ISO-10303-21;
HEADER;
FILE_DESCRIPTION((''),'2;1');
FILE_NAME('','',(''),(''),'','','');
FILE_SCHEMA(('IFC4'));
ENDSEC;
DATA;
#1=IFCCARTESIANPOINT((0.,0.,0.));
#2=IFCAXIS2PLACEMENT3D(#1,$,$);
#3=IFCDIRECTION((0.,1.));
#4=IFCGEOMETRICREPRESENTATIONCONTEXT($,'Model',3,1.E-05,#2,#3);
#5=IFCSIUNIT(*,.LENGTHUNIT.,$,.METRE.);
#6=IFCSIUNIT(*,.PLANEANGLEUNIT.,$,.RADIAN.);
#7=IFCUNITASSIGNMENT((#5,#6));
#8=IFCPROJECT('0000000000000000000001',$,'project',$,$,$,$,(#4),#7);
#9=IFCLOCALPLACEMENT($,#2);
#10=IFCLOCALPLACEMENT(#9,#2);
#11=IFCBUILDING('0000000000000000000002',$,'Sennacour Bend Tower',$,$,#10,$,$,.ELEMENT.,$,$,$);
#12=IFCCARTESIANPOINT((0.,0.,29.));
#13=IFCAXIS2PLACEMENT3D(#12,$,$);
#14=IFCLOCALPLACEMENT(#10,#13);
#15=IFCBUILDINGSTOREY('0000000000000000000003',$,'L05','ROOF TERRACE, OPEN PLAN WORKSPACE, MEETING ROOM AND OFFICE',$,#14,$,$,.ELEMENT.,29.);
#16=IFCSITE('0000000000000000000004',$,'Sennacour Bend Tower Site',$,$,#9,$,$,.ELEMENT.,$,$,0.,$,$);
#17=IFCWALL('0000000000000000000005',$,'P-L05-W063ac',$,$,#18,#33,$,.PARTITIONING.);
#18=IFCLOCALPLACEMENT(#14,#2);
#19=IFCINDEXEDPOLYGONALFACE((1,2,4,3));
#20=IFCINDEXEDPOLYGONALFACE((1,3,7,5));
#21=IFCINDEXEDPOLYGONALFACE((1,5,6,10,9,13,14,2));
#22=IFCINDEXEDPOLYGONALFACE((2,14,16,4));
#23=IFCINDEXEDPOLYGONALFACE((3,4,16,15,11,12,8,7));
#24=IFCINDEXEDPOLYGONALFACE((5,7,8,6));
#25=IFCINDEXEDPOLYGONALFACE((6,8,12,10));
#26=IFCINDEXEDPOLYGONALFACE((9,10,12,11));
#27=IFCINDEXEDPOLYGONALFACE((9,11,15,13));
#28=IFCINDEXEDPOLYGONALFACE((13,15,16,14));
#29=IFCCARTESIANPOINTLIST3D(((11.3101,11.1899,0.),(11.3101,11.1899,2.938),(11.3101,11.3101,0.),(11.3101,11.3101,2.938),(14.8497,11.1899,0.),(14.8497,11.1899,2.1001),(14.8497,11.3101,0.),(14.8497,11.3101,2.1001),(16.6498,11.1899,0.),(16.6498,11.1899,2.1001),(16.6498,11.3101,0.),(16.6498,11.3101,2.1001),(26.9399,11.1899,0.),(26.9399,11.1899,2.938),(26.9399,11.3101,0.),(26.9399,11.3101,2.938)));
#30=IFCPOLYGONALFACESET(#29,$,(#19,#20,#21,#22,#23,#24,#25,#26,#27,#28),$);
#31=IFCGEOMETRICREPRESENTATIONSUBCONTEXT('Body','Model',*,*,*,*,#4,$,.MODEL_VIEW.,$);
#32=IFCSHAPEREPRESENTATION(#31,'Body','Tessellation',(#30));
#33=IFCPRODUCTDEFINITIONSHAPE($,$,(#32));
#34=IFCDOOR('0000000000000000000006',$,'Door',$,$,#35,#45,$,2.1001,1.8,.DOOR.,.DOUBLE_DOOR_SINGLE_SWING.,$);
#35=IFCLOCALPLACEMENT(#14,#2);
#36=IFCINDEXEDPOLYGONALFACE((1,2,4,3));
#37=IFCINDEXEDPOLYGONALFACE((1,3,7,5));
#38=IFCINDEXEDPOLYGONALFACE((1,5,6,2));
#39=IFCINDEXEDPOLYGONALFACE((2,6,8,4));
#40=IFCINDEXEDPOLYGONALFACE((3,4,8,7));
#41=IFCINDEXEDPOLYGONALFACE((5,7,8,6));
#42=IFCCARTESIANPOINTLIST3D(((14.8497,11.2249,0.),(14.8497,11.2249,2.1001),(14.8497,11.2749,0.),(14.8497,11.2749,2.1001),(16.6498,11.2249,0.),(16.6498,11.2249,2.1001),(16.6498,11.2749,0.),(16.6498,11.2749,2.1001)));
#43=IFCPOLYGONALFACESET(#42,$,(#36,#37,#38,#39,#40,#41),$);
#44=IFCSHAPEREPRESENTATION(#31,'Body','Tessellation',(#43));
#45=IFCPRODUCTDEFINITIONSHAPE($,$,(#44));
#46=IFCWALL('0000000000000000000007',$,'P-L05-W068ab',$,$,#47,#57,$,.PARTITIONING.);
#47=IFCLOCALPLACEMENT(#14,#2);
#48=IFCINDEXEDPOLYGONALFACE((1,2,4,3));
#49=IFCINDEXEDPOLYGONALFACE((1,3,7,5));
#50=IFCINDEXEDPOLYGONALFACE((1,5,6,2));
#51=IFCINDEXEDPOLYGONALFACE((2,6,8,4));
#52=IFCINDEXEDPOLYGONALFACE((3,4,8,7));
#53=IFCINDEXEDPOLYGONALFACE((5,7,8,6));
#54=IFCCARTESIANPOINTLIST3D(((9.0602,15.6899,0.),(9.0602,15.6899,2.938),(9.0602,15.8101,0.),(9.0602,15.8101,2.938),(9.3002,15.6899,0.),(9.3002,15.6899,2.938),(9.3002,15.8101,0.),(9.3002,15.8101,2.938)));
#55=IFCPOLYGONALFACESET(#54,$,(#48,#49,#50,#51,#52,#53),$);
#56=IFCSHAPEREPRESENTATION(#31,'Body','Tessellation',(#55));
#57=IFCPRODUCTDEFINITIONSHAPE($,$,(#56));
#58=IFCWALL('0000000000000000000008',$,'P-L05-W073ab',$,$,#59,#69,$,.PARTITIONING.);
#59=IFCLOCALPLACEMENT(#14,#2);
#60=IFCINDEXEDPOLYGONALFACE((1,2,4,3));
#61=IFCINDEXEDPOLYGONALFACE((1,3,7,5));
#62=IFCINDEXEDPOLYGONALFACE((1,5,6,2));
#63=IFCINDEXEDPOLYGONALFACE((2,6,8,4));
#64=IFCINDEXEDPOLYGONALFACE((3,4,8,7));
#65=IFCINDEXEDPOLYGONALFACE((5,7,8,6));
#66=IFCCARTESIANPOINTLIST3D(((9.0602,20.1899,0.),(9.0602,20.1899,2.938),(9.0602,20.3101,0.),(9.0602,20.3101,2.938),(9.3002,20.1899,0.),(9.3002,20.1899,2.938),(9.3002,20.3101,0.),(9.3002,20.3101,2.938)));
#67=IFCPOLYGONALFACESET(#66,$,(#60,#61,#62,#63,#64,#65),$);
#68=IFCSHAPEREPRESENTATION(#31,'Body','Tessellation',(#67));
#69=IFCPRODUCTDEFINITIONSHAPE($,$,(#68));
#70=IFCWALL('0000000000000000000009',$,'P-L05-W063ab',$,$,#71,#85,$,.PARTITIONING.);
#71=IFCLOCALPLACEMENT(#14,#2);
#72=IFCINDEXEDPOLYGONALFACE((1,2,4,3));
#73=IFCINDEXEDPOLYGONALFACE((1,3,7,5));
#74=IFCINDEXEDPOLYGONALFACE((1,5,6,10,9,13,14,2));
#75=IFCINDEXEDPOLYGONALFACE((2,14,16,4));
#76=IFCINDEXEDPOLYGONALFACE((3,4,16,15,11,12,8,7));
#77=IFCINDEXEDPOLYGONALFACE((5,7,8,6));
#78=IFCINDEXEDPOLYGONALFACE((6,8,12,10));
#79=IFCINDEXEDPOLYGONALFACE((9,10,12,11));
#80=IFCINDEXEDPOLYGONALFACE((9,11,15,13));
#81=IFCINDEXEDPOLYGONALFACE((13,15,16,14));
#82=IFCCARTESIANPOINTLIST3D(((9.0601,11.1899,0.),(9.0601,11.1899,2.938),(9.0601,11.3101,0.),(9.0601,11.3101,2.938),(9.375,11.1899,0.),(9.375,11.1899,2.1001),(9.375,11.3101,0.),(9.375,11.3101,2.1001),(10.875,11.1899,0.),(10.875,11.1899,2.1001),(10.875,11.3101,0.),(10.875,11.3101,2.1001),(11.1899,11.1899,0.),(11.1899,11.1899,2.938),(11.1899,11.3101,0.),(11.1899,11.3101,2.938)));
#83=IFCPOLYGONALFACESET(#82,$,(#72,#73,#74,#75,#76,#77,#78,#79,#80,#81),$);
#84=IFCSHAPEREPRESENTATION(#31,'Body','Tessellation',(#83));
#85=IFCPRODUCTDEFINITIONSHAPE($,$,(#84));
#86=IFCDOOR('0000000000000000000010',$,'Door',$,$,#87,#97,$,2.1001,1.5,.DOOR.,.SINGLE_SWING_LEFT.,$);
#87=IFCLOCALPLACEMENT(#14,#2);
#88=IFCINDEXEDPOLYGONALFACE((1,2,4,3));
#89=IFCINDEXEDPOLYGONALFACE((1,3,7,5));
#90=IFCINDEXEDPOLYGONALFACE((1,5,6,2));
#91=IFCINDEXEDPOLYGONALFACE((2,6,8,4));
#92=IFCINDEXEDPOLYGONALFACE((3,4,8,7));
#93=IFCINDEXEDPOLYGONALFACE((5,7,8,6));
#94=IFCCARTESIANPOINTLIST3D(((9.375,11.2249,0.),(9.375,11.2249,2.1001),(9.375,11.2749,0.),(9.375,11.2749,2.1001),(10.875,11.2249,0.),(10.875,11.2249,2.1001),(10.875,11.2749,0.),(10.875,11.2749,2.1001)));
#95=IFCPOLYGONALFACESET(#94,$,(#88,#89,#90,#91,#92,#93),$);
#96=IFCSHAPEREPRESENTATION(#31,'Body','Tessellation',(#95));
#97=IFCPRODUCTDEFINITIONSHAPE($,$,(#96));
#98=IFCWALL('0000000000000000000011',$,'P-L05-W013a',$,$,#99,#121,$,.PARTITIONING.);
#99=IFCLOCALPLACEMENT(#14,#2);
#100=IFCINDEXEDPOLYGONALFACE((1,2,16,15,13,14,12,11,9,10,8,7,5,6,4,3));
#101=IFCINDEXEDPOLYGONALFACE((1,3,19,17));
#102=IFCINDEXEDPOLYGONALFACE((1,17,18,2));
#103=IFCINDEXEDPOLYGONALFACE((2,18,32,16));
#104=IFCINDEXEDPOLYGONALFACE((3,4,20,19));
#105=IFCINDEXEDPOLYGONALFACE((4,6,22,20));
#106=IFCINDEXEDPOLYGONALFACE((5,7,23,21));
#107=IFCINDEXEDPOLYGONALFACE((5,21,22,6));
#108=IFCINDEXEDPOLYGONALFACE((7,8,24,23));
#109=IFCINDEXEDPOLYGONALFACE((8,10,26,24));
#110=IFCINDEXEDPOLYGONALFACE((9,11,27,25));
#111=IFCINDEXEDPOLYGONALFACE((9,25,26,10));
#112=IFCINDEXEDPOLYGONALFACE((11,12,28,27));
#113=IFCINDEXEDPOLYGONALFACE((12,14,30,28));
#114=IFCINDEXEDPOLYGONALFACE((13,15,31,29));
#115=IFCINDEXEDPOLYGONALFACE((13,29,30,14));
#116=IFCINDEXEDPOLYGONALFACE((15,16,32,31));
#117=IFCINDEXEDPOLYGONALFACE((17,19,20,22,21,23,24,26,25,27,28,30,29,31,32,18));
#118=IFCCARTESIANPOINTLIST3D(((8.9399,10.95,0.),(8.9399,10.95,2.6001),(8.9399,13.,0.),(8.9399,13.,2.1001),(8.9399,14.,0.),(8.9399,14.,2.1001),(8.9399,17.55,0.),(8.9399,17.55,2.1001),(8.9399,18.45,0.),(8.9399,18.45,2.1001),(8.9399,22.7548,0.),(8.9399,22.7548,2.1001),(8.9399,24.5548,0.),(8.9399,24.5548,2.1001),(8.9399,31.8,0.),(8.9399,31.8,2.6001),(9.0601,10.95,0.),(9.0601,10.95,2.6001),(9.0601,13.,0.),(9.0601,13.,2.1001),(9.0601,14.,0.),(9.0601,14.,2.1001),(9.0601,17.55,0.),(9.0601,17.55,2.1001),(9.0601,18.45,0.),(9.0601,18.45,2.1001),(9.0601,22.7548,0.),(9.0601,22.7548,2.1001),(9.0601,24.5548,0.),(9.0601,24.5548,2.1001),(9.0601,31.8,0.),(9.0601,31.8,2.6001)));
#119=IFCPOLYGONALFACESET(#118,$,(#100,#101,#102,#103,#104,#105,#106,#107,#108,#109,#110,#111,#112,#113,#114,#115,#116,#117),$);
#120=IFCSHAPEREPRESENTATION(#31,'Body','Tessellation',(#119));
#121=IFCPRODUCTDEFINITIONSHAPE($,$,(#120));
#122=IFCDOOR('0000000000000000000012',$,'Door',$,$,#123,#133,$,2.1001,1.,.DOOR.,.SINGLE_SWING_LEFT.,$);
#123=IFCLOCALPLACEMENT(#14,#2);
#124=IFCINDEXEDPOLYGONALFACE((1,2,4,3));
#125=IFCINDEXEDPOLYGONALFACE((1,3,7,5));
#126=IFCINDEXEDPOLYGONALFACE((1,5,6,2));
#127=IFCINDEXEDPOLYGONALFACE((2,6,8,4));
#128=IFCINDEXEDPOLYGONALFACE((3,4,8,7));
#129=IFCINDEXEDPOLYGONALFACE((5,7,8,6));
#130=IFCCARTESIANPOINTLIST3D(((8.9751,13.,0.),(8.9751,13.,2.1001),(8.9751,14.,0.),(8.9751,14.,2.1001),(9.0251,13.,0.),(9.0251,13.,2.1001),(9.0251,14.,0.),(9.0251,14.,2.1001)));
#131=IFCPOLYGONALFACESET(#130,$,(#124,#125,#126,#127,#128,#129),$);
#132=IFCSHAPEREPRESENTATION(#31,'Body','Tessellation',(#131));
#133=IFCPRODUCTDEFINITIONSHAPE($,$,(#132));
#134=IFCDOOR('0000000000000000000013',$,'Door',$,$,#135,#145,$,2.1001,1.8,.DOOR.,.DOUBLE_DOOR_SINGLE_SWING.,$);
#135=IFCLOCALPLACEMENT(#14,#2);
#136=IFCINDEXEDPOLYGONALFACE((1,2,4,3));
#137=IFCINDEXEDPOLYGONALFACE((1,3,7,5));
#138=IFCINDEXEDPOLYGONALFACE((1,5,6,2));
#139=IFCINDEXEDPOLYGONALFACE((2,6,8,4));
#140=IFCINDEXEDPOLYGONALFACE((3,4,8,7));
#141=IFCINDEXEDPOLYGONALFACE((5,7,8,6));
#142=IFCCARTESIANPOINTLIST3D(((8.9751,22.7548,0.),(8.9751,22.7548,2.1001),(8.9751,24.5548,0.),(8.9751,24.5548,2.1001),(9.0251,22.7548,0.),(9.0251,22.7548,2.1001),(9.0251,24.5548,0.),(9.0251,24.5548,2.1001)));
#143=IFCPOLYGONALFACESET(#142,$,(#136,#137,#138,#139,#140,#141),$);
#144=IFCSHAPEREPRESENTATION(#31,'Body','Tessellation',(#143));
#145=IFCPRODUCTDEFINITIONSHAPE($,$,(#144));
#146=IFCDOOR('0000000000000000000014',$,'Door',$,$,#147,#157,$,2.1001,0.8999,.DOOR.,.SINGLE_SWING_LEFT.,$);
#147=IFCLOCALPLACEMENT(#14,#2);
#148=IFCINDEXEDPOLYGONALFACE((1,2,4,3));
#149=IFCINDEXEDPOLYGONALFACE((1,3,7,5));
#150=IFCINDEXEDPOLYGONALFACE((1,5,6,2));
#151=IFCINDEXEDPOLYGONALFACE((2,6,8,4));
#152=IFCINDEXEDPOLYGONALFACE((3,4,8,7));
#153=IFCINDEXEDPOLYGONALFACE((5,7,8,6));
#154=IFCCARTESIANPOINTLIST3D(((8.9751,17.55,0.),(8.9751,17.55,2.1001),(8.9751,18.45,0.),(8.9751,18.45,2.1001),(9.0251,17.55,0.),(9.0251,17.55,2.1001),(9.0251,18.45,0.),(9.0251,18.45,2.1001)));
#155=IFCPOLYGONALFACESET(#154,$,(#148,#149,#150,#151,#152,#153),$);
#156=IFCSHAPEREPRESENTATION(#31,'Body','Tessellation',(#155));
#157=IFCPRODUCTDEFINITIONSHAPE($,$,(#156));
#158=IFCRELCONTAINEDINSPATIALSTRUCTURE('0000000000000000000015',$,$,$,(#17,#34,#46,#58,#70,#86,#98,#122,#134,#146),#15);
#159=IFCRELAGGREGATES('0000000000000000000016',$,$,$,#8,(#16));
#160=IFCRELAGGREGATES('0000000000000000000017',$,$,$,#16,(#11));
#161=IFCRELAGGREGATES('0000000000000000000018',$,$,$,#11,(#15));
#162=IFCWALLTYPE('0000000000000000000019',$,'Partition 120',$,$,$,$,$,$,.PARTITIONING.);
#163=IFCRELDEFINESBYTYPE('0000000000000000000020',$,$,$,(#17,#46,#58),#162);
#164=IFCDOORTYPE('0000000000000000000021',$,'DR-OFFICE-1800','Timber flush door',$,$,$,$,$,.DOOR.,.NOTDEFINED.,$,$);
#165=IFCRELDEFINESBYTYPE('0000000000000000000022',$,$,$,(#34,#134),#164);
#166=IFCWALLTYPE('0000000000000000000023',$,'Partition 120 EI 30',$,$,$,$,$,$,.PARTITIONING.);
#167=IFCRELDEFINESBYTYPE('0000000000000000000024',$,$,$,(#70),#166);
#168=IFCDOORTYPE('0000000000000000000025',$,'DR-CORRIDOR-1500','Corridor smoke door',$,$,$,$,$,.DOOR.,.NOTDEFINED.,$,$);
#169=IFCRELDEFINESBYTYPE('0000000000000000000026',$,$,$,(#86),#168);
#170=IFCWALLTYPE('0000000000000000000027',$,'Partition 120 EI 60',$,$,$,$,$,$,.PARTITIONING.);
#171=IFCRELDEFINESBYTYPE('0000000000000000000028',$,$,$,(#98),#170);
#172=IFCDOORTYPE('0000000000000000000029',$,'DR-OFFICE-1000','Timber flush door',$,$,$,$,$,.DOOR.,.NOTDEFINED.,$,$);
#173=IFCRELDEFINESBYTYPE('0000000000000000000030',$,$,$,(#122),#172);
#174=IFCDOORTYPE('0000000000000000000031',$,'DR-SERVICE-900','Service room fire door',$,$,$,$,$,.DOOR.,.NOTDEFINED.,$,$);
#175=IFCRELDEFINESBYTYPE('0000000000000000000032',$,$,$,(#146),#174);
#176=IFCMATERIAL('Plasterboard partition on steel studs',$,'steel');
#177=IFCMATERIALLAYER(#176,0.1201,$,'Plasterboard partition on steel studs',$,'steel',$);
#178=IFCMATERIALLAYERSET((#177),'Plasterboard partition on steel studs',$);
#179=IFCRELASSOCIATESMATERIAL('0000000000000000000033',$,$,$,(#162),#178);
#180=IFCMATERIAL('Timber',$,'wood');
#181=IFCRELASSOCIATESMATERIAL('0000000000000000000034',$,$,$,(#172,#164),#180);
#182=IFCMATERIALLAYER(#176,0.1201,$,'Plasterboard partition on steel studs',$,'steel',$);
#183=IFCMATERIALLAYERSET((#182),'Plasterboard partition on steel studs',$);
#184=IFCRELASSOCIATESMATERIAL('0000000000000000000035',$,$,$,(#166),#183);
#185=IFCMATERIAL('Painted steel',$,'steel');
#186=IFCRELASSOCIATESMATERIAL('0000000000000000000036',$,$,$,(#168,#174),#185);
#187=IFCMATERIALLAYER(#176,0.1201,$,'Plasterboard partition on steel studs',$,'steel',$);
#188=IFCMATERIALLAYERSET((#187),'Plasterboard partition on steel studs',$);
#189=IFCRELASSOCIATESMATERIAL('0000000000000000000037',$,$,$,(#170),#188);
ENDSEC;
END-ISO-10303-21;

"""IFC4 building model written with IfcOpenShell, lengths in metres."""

from ifc_helpers import new_model, si_unit, direction, frame, frame_2d, origin, place, context, subcontext, project, spatial, rectangle, extrude, material, layer, layer_set, type_object, element, fill, save


model = new_model("IFC4")

# Units and contexts
model_context = context("Model", 3, precision=1e-05, world=origin(), true_north=direction((0.0, 1.0)))
body_context = subcontext(model_context, "Body", "Model", "MODEL_VIEW")
ifc_project = project(units=[si_unit("LENGTHUNIT", "METRE"), si_unit("PLANEANGLEUNIT", "RADIAN")], contexts=[model_context])

# Site, building, storey
site_placement = place(None, origin())
site = spatial("IfcSite", under=ifc_project, at=site_placement, Name="Sennacour Bend Tower Site", CompositionType="ELEMENT", RefElevation=0.0)
building_placement = place(site_placement, origin())
building = spatial("IfcBuilding", under=site, at=building_placement, Name="Sennacour Bend Tower", CompositionType="ELEMENT")
storey_placement = place(building_placement, frame((0.0, 0.0, 29.0)))
storey = spatial("IfcBuildingStorey", under=building, at=storey_placement, Name="L05", Description="ROOF TERRACE, OPEN PLAN WORKSPACE, MEETING ROOM AND OFFICE", CompositionType="ELEMENT", Elevation=29.0)

# Shared definitions
ifc_material_1 = material(Name="Plasterboard partition on steel studs", Category="steel")
ifc_layer_1 = layer(ifc_material_1, 0.1201, Name="Plasterboard partition on steel studs", Category="steel")
ifc_layer_set_1 = layer_set([ifc_layer_1], Name="Plasterboard partition on steel studs")
wall_type_1 = type_object("IfcWallType", Name="Partition 120", PredefinedType="PARTITIONING", material=ifc_layer_set_1)

# Wall, opening, door
ifc_material_2 = material(Name="Timber", Category="wood")
door_type_1 = type_object("IfcDoorType", Name="DR-OFFICE-1000", Description="Timber flush door", OperationType="NOTDEFINED", PredefinedType="DOOR", material=ifc_material_2)
wall_1_placement = place(storey_placement, frame((11.3101, 11.25, 0.0), z_axis=(0.0, 0.0, 1.0), x_axis=(1.0, 0.0, 0.0)))
wall_1 = element("IfcWall", 1, at=wall_1_placement, inside=storey, type_object=wall_type_1, Name="P-L05-W063ac", PredefinedType="PARTITIONING", context=body_context, shape_type="SweptSolid", body=[
    extrude(rectangle(XDim=15.6299, YDim=0.1201, at=frame_2d((7.8149, 0.0))), origin(), (0.0, 0.0, 1.0), 2.938),
])
opening_1_placement = place(wall_1_placement, frame((3.5398, 0.0, 0.0)))
opening_1 = element("IfcOpeningElement", 2, at=opening_1_placement, cuts=wall_1, PredefinedType="OPENING", context=body_context, shape_type="SweptSolid", body=[
    extrude(rectangle(XDim=1.8, YDim=2.1001, at=frame_2d((0.8999, 1.05))), frame((0.0, 0.0701, 0.0), z_axis=(0.0, -1.0, 0.0), x_axis=(1.0, 0.0, 0.0)), (0.0, 0.0, 1.0), 0.1401),
])
door_type_2 = type_object("IfcDoorType", Name="DR-OFFICE-1800", Description="Timber flush door", OperationType="NOTDEFINED", PredefinedType="DOOR", material=ifc_material_2)
door_1_placement = place(opening_1_placement, origin())
door_1 = element("IfcDoor", 3, at=door_1_placement, inside=storey, type_object=door_type_2, Name="Door", OperationType="DOUBLE_DOOR_SINGLE_SWING", OverallHeight=2.1001, OverallWidth=1.8, PredefinedType="DOOR", context=body_context, shape_type="SweptSolid", body=[
    extrude(rectangle(XDim=1.8, YDim=2.1001, at=frame_2d((0.8999, 1.05))), frame((0.0, 0.0249, 0.0), z_axis=(0.0, -1.0, 0.0), x_axis=(1.0, 0.0, 0.0)), (0.0, 0.0, 1.0), 0.05),
])
fill(opening_1, door_1)

# Walls
for number, where, z_axis, x_axis, name in (
    (4, (9.0601, 15.75, 0.0), (0.0, 0.0, 1.0), (1.0, 0.0, 0.0), "P-L05-W068ab"),
    (5, (9.0601, 20.25, 0.0), (0.0, 0.0, 1.0), (1.0, 0.0, 0.0), "P-L05-W073ab"),
):
    element("IfcWall", number, at=place(storey_placement, frame(where, z_axis=z_axis, x_axis=x_axis)), inside=storey, type_object=wall_type_1, Name=name, PredefinedType="PARTITIONING", context=body_context, shape_type="SweptSolid", body=[
        extrude(rectangle(XDim=0.24, YDim=0.1201, at=frame_2d((0.1201, 0.0))), origin(), (0.0, 0.0, 1.0), 2.938),
    ])

# Wall, opening, door
ifc_layer_2 = layer(ifc_material_1, 0.1201, Name="Plasterboard partition on steel studs", Category="steel")
ifc_layer_set_2 = layer_set([ifc_layer_2], Name="Plasterboard partition on steel studs")
wall_type_2 = type_object("IfcWallType", Name="Partition 120 EI 30", PredefinedType="PARTITIONING", material=ifc_layer_set_2)
wall_2_placement = place(storey_placement, frame((9.0601, 11.25, 0.0), z_axis=(0.0, 0.0, 1.0), x_axis=(1.0, 0.0, 0.0)))
wall_2 = element("IfcWall", 6, at=wall_2_placement, inside=storey, type_object=wall_type_2, Name="P-L05-W063ab", PredefinedType="PARTITIONING", context=body_context, shape_type="SweptSolid", body=[
    extrude(rectangle(XDim=2.1299, YDim=0.1201, at=frame_2d((1.0649, 0.0))), origin(), (0.0, 0.0, 1.0), 2.938),
])
opening_2_placement = place(wall_2_placement, frame((0.3149, 0.0, 0.0)))
opening_2 = element("IfcOpeningElement", 7, at=opening_2_placement, cuts=wall_2, PredefinedType="OPENING", context=body_context, shape_type="SweptSolid", body=[
    extrude(rectangle(XDim=1.5, YDim=2.1001, at=frame_2d((0.75, 1.05))), frame((0.0, 0.0701, 0.0), z_axis=(0.0, -1.0, 0.0), x_axis=(1.0, 0.0, 0.0)), (0.0, 0.0, 1.0), 0.1401),
])
ifc_material_3 = material(Name="Painted steel", Category="steel")
door_type_3 = type_object("IfcDoorType", Name="DR-CORRIDOR-1500", Description="Corridor smoke door", OperationType="NOTDEFINED", PredefinedType="DOOR", material=ifc_material_3)
door_2_placement = place(opening_2_placement, origin())
door_2 = element("IfcDoor", 8, at=door_2_placement, inside=storey, type_object=door_type_3, Name="Door", OperationType="SINGLE_SWING_LEFT", OverallHeight=2.1001, OverallWidth=1.5, PredefinedType="DOOR", context=body_context, shape_type="SweptSolid", body=[
    extrude(rectangle(XDim=1.5, YDim=2.1001, at=frame_2d((0.75, 1.05))), frame((0.0, 0.0249, 0.0), z_axis=(0.0, -1.0, 0.0), x_axis=(1.0, 0.0, 0.0)), (0.0, 0.0, 1.0), 0.05),
])
fill(opening_2, door_2)

# Wall, openings, doors
ifc_layer_3 = layer(ifc_material_1, 0.1201, Name="Plasterboard partition on steel studs", Category="steel")
ifc_layer_set_3 = layer_set([ifc_layer_3], Name="Plasterboard partition on steel studs")
wall_type_3 = type_object("IfcWallType", Name="Partition 120 EI 60", PredefinedType="PARTITIONING", material=ifc_layer_set_3)
wall_3_placement = place(storey_placement, frame((9.0, 10.95, 0.0), z_axis=(0.0, 0.0, 1.0), x_axis=(0.0, 1.0, 0.0)))
wall_3 = element("IfcWall", 9, at=wall_3_placement, inside=storey, type_object=wall_type_3, Name="P-L05-W013a", PredefinedType="PARTITIONING", context=body_context, shape_type="SweptSolid", body=[
    extrude(rectangle(XDim=20.8501, YDim=0.1201, at=frame_2d((10.425, 0.0))), origin(), (0.0, 0.0, 1.0), 2.6001),
])
opening_3_placement = place(wall_3_placement, frame((2.05, 0.0, 0.0)))
opening_3 = element("IfcOpeningElement", 10, at=opening_3_placement, cuts=wall_3, PredefinedType="OPENING", context=body_context, shape_type="SweptSolid", body=[
    extrude(rectangle(XDim=1.0, YDim=2.1001, at=frame_2d((0.5, 1.05))), frame((0.0, 0.0701, 0.0), z_axis=(0.0, -1.0, 0.0), x_axis=(1.0, 0.0, 0.0)), (0.0, 0.0, 1.0), 0.1401),
])
opening_4_placement = place(wall_3_placement, frame((6.6001, 0.0, 0.0)))
opening_4 = element("IfcOpeningElement", 11, at=opening_4_placement, cuts=wall_3, PredefinedType="OPENING", context=body_context, shape_type="SweptSolid", body=[
    extrude(rectangle(XDim=0.8999, YDim=2.1001, at=frame_2d((0.45, 1.05))), frame((0.0, 0.0701, 0.0), z_axis=(0.0, -1.0, 0.0), x_axis=(1.0, 0.0, 0.0)), (0.0, 0.0, 1.0), 0.1401),
])
opening_5_placement = place(wall_3_placement, frame((11.8049, 0.0, 0.0)))
opening_5 = element("IfcOpeningElement", 12, at=opening_5_placement, cuts=wall_3, PredefinedType="OPENING", context=body_context, shape_type="SweptSolid", body=[
    extrude(rectangle(XDim=1.8, YDim=2.1001, at=frame_2d((0.8999, 1.05))), frame((0.0, 0.0701, 0.0), z_axis=(0.0, -1.0, 0.0), x_axis=(1.0, 0.0, 0.0)), (0.0, 0.0, 1.0), 0.1401),
])
door_3_placement = place(opening_3_placement, origin())
door_3 = element("IfcDoor", 13, at=door_3_placement, inside=storey, type_object=door_type_1, Name="Door", OperationType="SINGLE_SWING_LEFT", OverallHeight=2.1001, OverallWidth=1.0, PredefinedType="DOOR", context=body_context, shape_type="SweptSolid", body=[
    extrude(rectangle(XDim=1.0, YDim=2.1001, at=frame_2d((0.5, 1.05))), frame((0.0, 0.0249, 0.0), z_axis=(0.0, -1.0, 0.0), x_axis=(1.0, 0.0, 0.0)), (0.0, 0.0, 1.0), 0.05),
])
fill(opening_3, door_3)
door_4_placement = place(opening_5_placement, origin())
door_4 = element("IfcDoor", 14, at=door_4_placement, inside=storey, type_object=door_type_2, Name="Door", OperationType="DOUBLE_DOOR_SINGLE_SWING", OverallHeight=2.1001, OverallWidth=1.8, PredefinedType="DOOR", context=body_context, shape_type="SweptSolid", body=[
    extrude(rectangle(XDim=1.8, YDim=2.1001, at=frame_2d((0.8999, 1.05))), frame((0.0, 0.0249, 0.0), z_axis=(0.0, -1.0, 0.0), x_axis=(1.0, 0.0, 0.0)), (0.0, 0.0, 1.0), 0.05),
])
fill(opening_5, door_4)
door_type_4 = type_object("IfcDoorType", Name="DR-SERVICE-900", Description="Service room fire door", OperationType="NOTDEFINED", PredefinedType="DOOR", material=ifc_material_3)
door_5_placement = place(opening_4_placement, origin())
door_5 = element("IfcDoor", 15, at=door_5_placement, inside=storey, type_object=door_type_4, Name="Door", OperationType="SINGLE_SWING_LEFT", OverallHeight=2.1001, OverallWidth=0.8999, PredefinedType="DOOR", context=body_context, shape_type="SweptSolid", body=[
    extrude(rectangle(XDim=0.8999, YDim=2.1001, at=frame_2d((0.45, 1.05))), frame((0.0, 0.0249, 0.0), z_axis=(0.0, -1.0, 0.0), x_axis=(1.0, 0.0, 0.0)), (0.0, 0.0, 1.0), 0.05),
])
fill(opening_4, door_5)

save(model, "model.ifc")
